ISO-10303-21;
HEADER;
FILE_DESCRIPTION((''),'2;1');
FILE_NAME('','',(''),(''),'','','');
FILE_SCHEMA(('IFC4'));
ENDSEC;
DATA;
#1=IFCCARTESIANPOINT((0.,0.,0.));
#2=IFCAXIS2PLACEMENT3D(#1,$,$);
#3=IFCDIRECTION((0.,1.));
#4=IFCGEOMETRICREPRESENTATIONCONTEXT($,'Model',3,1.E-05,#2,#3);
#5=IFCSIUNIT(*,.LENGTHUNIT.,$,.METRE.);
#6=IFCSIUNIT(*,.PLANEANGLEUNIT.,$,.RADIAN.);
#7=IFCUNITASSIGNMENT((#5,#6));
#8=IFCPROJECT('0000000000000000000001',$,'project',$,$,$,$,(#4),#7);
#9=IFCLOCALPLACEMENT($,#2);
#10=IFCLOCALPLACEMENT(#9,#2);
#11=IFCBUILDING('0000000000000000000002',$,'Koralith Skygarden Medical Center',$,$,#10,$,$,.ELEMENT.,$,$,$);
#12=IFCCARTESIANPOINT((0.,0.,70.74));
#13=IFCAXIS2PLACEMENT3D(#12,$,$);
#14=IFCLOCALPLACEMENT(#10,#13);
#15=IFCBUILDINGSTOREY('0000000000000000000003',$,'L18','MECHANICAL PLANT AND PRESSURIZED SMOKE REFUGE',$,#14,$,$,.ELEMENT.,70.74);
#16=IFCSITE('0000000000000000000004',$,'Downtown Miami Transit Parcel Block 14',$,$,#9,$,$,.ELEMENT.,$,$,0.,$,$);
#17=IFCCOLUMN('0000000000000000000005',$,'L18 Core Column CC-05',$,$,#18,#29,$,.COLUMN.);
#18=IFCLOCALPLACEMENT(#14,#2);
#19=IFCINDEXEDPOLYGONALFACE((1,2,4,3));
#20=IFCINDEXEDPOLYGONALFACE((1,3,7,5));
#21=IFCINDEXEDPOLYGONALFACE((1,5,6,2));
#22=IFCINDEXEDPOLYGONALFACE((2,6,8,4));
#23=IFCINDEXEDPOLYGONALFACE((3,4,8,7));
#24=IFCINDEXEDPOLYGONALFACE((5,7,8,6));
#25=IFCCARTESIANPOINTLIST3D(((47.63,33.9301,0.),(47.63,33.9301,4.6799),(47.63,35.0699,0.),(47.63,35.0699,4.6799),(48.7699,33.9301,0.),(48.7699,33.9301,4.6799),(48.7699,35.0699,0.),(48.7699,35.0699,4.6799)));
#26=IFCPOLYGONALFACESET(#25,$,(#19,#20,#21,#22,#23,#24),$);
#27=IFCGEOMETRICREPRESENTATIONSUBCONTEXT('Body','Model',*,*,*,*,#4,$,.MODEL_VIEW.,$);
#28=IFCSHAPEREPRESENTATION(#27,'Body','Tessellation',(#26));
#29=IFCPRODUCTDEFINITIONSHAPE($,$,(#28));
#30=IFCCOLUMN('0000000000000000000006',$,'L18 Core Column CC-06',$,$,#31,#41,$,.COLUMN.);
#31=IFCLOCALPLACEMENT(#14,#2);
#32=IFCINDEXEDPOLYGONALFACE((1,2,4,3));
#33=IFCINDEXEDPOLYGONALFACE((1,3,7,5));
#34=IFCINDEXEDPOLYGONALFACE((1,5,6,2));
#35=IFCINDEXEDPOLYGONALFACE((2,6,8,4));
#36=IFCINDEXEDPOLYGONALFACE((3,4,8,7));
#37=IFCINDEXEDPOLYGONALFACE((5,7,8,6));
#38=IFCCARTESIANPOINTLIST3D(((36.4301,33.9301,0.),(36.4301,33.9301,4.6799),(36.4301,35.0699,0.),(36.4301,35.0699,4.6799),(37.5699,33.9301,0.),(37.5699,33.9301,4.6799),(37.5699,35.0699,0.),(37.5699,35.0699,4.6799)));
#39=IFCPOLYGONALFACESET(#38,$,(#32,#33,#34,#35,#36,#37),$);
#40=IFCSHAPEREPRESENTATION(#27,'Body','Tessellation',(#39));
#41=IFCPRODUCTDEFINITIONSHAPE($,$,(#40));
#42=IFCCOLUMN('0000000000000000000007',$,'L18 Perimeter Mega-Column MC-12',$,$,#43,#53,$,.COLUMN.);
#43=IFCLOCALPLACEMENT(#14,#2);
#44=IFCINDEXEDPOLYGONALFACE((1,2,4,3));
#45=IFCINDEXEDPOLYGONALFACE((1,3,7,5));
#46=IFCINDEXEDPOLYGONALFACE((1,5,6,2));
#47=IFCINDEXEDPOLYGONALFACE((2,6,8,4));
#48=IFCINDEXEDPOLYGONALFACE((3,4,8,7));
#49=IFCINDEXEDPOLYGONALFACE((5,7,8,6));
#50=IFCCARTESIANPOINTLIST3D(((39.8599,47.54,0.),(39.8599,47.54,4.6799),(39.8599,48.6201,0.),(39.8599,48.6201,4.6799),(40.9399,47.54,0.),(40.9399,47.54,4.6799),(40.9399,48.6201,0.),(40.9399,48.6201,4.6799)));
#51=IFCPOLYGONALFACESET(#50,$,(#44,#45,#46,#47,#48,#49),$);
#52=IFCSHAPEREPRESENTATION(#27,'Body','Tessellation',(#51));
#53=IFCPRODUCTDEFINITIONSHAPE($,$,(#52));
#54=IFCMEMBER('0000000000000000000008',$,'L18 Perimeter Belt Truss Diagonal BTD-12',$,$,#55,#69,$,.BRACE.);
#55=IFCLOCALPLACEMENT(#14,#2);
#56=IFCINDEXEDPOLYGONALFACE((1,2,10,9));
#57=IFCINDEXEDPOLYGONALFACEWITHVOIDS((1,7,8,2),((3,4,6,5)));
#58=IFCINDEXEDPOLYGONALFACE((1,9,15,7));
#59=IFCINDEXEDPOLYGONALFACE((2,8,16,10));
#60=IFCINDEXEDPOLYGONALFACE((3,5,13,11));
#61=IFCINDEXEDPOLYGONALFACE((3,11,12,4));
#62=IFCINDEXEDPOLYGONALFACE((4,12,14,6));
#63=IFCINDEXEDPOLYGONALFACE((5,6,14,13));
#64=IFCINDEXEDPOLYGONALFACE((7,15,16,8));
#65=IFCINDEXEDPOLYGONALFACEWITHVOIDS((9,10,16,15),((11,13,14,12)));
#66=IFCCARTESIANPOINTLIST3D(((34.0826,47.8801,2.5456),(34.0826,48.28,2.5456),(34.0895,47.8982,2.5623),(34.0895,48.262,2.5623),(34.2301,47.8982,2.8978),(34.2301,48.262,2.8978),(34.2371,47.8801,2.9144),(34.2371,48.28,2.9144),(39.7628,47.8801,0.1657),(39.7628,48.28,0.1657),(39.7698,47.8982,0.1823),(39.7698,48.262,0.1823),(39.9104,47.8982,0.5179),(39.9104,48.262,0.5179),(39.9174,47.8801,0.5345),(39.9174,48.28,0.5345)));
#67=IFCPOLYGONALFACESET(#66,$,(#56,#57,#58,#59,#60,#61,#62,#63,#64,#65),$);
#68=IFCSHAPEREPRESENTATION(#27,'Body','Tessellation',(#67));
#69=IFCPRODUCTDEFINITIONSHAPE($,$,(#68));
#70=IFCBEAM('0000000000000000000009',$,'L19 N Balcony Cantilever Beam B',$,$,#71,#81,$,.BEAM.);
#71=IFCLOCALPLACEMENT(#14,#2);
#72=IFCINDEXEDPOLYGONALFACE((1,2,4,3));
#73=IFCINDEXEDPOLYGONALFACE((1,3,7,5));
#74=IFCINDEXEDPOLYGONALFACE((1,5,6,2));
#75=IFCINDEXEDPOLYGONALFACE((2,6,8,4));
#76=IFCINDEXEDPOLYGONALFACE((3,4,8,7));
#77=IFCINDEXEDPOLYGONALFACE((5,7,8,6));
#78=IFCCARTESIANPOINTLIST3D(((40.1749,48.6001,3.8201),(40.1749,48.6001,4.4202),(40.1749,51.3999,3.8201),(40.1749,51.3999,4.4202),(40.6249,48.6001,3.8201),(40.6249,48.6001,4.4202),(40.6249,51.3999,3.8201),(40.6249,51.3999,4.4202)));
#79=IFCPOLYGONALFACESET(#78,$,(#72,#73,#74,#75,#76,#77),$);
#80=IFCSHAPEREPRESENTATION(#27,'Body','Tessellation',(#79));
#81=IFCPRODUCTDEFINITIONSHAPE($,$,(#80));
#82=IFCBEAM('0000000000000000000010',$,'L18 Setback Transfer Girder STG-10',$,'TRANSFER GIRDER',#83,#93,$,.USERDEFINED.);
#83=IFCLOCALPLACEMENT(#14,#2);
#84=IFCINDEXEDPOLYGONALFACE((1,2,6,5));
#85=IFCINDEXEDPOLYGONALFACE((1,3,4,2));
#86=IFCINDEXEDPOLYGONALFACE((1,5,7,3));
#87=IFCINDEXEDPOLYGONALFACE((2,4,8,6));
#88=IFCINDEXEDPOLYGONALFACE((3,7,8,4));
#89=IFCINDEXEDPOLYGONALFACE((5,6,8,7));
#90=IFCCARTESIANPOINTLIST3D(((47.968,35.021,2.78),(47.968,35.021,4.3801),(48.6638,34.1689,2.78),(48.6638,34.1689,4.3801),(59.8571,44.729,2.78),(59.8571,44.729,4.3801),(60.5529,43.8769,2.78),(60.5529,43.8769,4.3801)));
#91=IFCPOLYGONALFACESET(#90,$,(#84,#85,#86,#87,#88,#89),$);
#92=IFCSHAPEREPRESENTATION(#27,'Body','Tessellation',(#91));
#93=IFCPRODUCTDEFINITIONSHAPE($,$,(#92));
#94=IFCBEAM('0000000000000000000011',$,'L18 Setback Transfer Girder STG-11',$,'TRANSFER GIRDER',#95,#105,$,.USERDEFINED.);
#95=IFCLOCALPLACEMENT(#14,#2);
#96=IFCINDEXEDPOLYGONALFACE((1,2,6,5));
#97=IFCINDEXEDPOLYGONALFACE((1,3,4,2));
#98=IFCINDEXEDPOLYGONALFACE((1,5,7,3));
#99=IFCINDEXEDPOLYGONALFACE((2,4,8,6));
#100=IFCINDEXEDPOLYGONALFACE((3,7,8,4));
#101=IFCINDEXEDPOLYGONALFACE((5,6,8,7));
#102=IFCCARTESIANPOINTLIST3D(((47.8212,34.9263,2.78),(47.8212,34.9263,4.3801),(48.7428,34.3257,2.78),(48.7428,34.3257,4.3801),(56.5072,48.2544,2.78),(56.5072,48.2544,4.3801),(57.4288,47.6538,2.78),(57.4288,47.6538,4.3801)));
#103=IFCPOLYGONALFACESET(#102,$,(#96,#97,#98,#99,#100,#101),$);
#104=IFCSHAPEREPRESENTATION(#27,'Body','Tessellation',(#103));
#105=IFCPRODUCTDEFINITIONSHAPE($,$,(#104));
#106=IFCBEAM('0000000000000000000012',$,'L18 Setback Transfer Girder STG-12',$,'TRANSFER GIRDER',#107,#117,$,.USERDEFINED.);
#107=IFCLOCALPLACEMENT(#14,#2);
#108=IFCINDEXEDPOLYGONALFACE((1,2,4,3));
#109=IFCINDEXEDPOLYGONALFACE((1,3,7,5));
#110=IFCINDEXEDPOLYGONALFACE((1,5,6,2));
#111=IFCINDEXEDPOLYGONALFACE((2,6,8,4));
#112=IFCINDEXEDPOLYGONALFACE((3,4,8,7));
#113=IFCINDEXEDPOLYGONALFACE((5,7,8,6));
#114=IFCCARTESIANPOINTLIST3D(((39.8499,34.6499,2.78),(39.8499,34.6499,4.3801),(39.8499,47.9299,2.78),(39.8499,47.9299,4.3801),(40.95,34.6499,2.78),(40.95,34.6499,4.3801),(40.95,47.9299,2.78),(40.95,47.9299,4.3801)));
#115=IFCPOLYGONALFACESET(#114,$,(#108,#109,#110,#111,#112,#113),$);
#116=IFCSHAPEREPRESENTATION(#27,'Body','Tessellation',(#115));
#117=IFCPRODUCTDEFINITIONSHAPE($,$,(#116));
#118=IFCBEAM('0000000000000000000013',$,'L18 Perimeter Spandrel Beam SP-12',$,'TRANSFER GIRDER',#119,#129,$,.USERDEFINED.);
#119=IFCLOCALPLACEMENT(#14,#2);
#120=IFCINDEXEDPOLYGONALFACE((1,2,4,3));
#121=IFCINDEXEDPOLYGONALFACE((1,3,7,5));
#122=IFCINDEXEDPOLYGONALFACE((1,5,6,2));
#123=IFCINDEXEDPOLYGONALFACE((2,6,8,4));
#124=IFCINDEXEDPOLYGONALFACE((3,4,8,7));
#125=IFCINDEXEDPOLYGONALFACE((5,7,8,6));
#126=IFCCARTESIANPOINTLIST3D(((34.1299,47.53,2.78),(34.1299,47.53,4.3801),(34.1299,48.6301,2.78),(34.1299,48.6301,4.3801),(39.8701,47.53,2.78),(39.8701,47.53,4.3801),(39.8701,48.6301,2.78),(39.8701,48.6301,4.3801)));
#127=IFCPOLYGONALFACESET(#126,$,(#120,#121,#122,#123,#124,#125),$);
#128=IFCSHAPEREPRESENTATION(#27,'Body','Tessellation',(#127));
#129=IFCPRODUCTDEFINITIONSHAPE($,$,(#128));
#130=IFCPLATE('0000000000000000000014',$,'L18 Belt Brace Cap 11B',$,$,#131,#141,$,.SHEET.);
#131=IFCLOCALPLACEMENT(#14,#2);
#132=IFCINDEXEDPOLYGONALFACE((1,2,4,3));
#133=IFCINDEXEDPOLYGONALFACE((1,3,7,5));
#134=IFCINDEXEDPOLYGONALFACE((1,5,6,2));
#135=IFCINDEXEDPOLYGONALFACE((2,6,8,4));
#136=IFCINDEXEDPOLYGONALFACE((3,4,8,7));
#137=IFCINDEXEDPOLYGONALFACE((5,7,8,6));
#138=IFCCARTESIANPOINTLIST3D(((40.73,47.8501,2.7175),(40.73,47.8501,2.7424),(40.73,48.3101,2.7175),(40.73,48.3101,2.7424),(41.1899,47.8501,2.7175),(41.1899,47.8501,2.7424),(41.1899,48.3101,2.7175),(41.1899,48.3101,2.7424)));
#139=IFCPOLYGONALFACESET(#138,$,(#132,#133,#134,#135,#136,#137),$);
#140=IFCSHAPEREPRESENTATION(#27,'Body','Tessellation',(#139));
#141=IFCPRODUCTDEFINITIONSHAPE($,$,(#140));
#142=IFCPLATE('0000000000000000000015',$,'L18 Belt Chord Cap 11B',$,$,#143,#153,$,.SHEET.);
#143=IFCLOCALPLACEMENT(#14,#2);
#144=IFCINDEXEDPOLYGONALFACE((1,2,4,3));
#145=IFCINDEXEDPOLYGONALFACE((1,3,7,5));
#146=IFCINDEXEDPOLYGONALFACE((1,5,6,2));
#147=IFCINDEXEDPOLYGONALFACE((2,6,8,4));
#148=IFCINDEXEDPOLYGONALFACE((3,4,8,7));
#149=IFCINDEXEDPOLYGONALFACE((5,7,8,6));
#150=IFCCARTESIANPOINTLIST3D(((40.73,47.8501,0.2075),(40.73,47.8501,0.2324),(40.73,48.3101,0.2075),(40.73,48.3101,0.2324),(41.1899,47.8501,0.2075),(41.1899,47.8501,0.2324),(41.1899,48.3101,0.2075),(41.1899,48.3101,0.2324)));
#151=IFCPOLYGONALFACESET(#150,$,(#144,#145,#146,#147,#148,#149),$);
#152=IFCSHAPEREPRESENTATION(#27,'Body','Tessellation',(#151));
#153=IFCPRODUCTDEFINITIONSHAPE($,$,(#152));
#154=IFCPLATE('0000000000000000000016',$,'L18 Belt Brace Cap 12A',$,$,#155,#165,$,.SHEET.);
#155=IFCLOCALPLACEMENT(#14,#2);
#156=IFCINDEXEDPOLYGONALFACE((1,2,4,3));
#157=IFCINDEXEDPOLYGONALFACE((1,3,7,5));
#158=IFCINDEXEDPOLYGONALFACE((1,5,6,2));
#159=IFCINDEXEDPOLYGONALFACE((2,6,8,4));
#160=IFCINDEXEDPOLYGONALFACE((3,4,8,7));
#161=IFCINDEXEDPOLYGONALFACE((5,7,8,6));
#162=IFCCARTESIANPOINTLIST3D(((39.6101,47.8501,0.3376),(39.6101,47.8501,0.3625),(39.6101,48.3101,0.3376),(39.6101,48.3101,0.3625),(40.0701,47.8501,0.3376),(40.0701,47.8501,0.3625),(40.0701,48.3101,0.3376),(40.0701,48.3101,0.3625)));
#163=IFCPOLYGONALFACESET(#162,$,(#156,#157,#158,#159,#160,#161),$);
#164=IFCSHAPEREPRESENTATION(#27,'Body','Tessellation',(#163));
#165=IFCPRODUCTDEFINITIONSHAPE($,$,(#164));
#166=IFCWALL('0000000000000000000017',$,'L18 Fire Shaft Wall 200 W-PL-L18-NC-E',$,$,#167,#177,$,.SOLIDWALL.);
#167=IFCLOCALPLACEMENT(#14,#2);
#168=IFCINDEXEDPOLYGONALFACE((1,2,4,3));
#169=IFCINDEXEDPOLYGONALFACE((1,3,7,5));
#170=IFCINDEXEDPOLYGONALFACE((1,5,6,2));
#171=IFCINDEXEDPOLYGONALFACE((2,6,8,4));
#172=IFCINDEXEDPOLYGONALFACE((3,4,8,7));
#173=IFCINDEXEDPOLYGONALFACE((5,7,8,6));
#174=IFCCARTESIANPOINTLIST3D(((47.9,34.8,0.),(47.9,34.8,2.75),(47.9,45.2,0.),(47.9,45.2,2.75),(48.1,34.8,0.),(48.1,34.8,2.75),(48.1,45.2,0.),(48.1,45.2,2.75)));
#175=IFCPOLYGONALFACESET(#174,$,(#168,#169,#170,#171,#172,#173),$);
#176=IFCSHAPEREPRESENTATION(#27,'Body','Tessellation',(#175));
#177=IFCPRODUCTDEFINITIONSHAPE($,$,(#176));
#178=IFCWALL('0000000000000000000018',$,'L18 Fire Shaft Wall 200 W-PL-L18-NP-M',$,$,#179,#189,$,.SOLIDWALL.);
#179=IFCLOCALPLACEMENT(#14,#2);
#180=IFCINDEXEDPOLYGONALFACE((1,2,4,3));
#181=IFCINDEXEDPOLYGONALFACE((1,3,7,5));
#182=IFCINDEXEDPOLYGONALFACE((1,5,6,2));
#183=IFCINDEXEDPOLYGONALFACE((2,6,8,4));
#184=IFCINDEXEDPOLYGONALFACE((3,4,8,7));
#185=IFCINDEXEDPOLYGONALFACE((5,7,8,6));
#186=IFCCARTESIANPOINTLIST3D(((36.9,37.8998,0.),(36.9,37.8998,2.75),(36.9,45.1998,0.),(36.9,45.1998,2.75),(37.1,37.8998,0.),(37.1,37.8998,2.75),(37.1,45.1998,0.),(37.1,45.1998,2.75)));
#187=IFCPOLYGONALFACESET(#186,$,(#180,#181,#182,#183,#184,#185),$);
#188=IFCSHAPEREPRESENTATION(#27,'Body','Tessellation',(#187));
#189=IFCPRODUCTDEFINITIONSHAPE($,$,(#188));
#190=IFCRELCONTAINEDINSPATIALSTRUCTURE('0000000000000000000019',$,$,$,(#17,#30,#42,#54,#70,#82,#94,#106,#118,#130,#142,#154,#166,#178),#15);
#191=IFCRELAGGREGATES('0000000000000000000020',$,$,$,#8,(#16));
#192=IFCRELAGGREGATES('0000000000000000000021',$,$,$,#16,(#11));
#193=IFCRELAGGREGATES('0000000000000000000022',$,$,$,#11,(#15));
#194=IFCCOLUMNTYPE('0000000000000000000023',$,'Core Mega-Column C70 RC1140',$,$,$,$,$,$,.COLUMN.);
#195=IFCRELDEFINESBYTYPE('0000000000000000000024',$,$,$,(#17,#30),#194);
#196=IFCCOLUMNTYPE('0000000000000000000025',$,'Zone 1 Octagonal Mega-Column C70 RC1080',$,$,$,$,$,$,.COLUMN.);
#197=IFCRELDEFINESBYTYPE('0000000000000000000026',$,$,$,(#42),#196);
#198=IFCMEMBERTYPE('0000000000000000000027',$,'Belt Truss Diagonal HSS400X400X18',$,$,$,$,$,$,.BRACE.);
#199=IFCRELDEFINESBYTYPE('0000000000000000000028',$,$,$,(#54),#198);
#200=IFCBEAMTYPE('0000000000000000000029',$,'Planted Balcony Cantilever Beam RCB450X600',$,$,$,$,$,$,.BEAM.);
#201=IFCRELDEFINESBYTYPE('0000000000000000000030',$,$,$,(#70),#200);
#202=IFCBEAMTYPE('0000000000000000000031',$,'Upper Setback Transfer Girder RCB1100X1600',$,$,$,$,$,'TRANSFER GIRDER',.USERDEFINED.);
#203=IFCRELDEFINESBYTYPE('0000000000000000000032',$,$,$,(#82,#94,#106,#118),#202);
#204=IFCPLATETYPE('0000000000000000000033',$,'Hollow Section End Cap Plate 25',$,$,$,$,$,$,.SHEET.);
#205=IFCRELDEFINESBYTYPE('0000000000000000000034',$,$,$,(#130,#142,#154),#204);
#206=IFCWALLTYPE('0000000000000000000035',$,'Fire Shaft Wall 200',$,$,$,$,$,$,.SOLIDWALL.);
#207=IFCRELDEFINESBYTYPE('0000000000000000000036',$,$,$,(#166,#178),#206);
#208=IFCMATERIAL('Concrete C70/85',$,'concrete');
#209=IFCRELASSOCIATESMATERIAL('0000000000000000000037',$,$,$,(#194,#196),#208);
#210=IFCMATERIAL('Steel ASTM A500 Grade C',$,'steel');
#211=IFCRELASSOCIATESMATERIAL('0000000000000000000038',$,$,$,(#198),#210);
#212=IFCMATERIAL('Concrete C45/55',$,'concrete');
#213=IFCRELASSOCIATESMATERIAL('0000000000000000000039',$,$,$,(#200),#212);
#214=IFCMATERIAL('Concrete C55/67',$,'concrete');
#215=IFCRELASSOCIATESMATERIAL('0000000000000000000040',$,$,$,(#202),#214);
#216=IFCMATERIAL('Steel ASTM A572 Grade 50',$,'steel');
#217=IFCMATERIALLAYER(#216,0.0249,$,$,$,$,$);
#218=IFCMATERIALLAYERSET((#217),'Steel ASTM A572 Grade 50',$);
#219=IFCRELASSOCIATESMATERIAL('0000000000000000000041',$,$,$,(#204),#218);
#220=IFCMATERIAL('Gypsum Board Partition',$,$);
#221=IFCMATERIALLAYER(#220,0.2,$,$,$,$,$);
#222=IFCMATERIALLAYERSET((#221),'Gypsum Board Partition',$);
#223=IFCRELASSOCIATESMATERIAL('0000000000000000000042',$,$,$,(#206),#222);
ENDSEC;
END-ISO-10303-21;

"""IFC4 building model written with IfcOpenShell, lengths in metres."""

from ifc_helpers import new_model, si_unit, direction, frame, frame_2d, origin, origin_2d, place, context, subcontext, project, spatial, rectangle, hollow_rectangle, extrude, material, layer, layer_set, material_profile, profile_set, type_object, element, save


model = new_model("IFC4")

# Units and contexts
model_context = context("Model", 3, precision=1e-05, world=origin(), true_north=direction((0.0, 1.0)))
body_context = subcontext(model_context, "Body", "Model", "MODEL_VIEW")
ifc_project = project(units=[si_unit("LENGTHUNIT", "METRE"), si_unit("PLANEANGLEUNIT", "RADIAN")], contexts=[model_context])

# Site, building, storey
site_placement = place(None, origin())
site = spatial("IfcSite", under=ifc_project, at=site_placement, Name="Downtown Miami Transit Parcel Block 14", CompositionType="ELEMENT", RefElevation=0.0)
building_placement = place(site_placement, origin())
building = spatial("IfcBuilding", under=site, at=building_placement, Name="Koralith Skygarden Medical Center", CompositionType="ELEMENT")
storey_placement = place(building_placement, frame((0.0, 0.0, 70.74)))
storey = spatial("IfcBuildingStorey", under=building, at=storey_placement, Name="L18", Description="MECHANICAL PLANT AND PRESSURIZED SMOKE REFUGE", CompositionType="ELEMENT", Elevation=70.74)

# Columns
ifc_material_1 = material(Name="Concrete C70/85", Category="concrete")
ifc_material_profile_1 = material_profile(ifc_material_1, rectangle(XDim=1.1399, YDim=1.1399, at=origin_2d()), Name="RC1140X1140")
ifc_profile_set_1 = profile_set([ifc_material_profile_1], Name="Concrete C70/85")
column_type_1 = type_object("IfcColumnType", Name="Core Mega-Column C70 RC1140", PredefinedType="COLUMN", material=ifc_profile_set_1)
for number, where, z_axis, x_axis, name in (
    (1, (48.2, 34.5, 0.0), (0.0, 0.0, 1.0), (1.0, 0.0, 0.0), "L18 Core Column CC-05"),
    (2, (37.0, 34.5, 0.0), (0.0, 0.0, 1.0), (1.0, 0.0, 0.0), "L18 Core Column CC-06"),
):
    element("IfcColumn", number, at=place(storey_placement, frame(where, z_axis=z_axis, x_axis=x_axis)), inside=storey, type_object=column_type_1, Name=name, PredefinedType="COLUMN", context=body_context, shape_type="SweptSolid", body=[
        extrude(rectangle(XDim=1.1399, YDim=1.1399, at=origin_2d()), origin(), (0.0, 0.0, 1.0), 4.6799),
    ])
ifc_material_profile_2 = material_profile(ifc_material_1, rectangle(XDim=1.0801, YDim=1.0801, at=origin_2d()), Name="RC1080X1080")
ifc_profile_set_2 = profile_set([ifc_material_profile_2], Name="Concrete C70/85")
column_type_2 = type_object("IfcColumnType", Name="Zone 1 Octagonal Mega-Column C70 RC1080", PredefinedType="COLUMN", material=ifc_profile_set_2)
column_placement = place(storey_placement, frame((40.3999, 48.0801, 0.0), z_axis=(0.0, 0.0, 1.0), x_axis=(1.0, 0.0, 0.0)))
element("IfcColumn", 3, at=column_placement, inside=storey, type_object=column_type_2, Name="L18 Perimeter Mega-Column MC-12", PredefinedType="COLUMN", context=body_context, shape_type="SweptSolid", body=[
    extrude(rectangle(XDim=1.0801, YDim=1.0801, at=origin_2d()), origin(), (0.0, 0.0, 1.0), 4.6799),
])

# Member
ifc_material_2 = material(Name="Steel ASTM A500 Grade C", Category="steel")
ifc_material_profile_3 = material_profile(ifc_material_2, hollow_rectangle(XDim=0.3999, YDim=0.3999, WallThickness=0.0181, at=origin_2d()), Name="HSS400X400X18")
ifc_profile_set_3 = profile_set([ifc_material_profile_3], Name="Steel ASTM A500 Grade C")
member_type = type_object("IfcMemberType", Name="Belt Truss Diagonal HSS400X400X18", PredefinedType="BRACE", material=ifc_profile_set_3)
member_placement = place(storey_placement, frame((39.8401, 48.0801, 0.3501), z_axis=(-0.922317, 0.0, 0.386433), x_axis=(0.0, -1.0, 0.0)))
element("IfcMember", 4, at=member_placement, inside=storey, type_object=member_type, Name="L18 Perimeter Belt Truss Diagonal BTD-12", PredefinedType="BRACE", context=body_context, shape_type="SweptSolid", body=[
    extrude(hollow_rectangle(XDim=0.3999, YDim=0.3999, WallThickness=0.0181, at=origin_2d()), origin(), (0.0, 0.0, 1.0), 6.1587),
])

# Beams
ifc_material_3 = material(Name="Concrete C45/55", Category="concrete")
ifc_material_profile_4 = material_profile(ifc_material_3, rectangle(XDim=0.45, YDim=0.6001, at=origin_2d()), Name="RCB450X600")
ifc_profile_set_4 = profile_set([ifc_material_profile_4], Name="Concrete C45/55")
beam_type_1 = type_object("IfcBeamType", Name="Planted Balcony Cantilever Beam RCB450X600", PredefinedType="BEAM", material=ifc_profile_set_4)
beam_1_placement = place(storey_placement, frame((40.3999, 48.6001, 4.1201), z_axis=(0.0, 1.0, 0.0), x_axis=(-1.0, 0.0, 0.0)))
element("IfcBeam", 5, at=beam_1_placement, inside=storey, type_object=beam_type_1, Name="L19 N Balcony Cantilever Beam B", PredefinedType="BEAM", context=body_context, shape_type="SweptSolid", body=[
    extrude(rectangle(XDim=0.45, YDim=0.6001, at=origin_2d()), origin(), (0.0, 0.0, 1.0), 2.7998),
])
ifc_material_4 = material(Name="Concrete C55/67", Category="concrete")
ifc_material_profile_5 = material_profile(ifc_material_4, rectangle(XDim=1.1001, YDim=1.6001, at=origin_2d()), Name="RCB1100X1600")
ifc_profile_set_5 = profile_set([ifc_material_profile_5], Name="Concrete C55/67")
beam_type_2 = type_object("IfcBeamType", Name="Upper Setback Transfer Girder RCB1100X1600", ElementType="TRANSFER GIRDER", PredefinedType="USERDEFINED", material=ifc_profile_set_5)
beam_2_placement = place(storey_placement, frame((48.3159, 34.595, 3.5801), z_axis=(0.774579, 0.632477, 0.0), x_axis=(-0.632477, 0.774579, 0.0)))
element("IfcBeam", 6, at=beam_2_placement, inside=storey, type_object=beam_type_2, Name="L18 Setback Transfer Girder STG-10", ObjectType="TRANSFER GIRDER", PredefinedType="USERDEFINED", context=body_context, shape_type="SweptSolid", body=[
    extrude(rectangle(XDim=1.1001, YDim=1.6001, at=origin_2d()), origin(), (0.0, 0.0, 1.0), 15.3491),
])
beam_3_placement = place(storey_placement, frame((48.282, 34.626, 3.5801), z_axis=(0.545993, 0.837789, 0.0), x_axis=(-0.837789, 0.545993, 0.0)))
element("IfcBeam", 7, at=beam_3_placement, inside=storey, type_object=beam_type_2, Name="L18 Setback Transfer Girder STG-11", ObjectType="TRANSFER GIRDER", PredefinedType="USERDEFINED", context=body_context, shape_type="SweptSolid", body=[
    extrude(rectangle(XDim=1.1001, YDim=1.6001, at=origin_2d()), origin(), (0.0, 0.0, 1.0), 15.9087),
])
beam_4_placement = place(storey_placement, frame((40.3999, 34.6499, 3.5801), z_axis=(0.0, 1.0, 0.0), x_axis=(-1.0, 0.0, 0.0)))
element("IfcBeam", 8, at=beam_4_placement, inside=storey, type_object=beam_type_2, Name="L18 Setback Transfer Girder STG-12", ObjectType="TRANSFER GIRDER", PredefinedType="USERDEFINED", context=body_context, shape_type="SweptSolid", body=[
    extrude(rectangle(XDim=1.1001, YDim=1.6001, at=origin_2d()), origin(), (0.0, 0.0, 1.0), 13.28),
])
beam_5_placement = place(storey_placement, frame((39.8701, 48.0801, 3.5801), z_axis=(-1.0, 0.0, 0.0), x_axis=(0.0, -1.0, 0.0)))
element("IfcBeam", 9, at=beam_5_placement, inside=storey, type_object=beam_type_2, Name="L18 Perimeter Spandrel Beam SP-12", ObjectType="TRANSFER GIRDER", PredefinedType="USERDEFINED", context=body_context, shape_type="SweptSolid", body=[
    extrude(rectangle(XDim=1.1001, YDim=1.6001, at=origin_2d()), origin(), (0.0, 0.0, 1.0), 5.7402),
])

# Plates
ifc_material_5 = material(Name="Steel ASTM A572 Grade 50", Category="steel")
ifc_layer_1 = layer(ifc_material_5, 0.0249)
ifc_layer_set_1 = layer_set([ifc_layer_1], Name="Steel ASTM A572 Grade 50")
plate_type = type_object("IfcPlateType", Name="Hollow Section End Cap Plate 25", PredefinedType="SHEET", material=ifc_layer_set_1)
for number, where, z_axis, x_axis, name in (
    (10, (40.96, 48.0801, 2.7175), (0.0, 0.0, 1.0), (1.0, 0.0, 0.0), "L18 Belt Brace Cap 11B"),
    (11, (40.96, 48.0801, 0.2075), (0.0, 0.0, 1.0), (1.0, 0.0, 0.0), "L18 Belt Chord Cap 11B"),
    (12, (39.8401, 48.0801, 0.3376), (0.0, 0.0, 1.0), (1.0, 0.0, 0.0), "L18 Belt Brace Cap 12A"),
):
    element("IfcPlate", number, at=place(storey_placement, frame(where, z_axis=z_axis, x_axis=x_axis)), inside=storey, type_object=plate_type, Name=name, PredefinedType="SHEET", context=body_context, shape_type="SweptSolid", body=[
        extrude(rectangle(XDim=0.46, YDim=0.46, at=origin_2d()), origin(), (0.0, 0.0, 1.0), 0.0249),
    ])

# Walls
ifc_material_6 = material(Name="Gypsum Board Partition")
ifc_layer_2 = layer(ifc_material_6, 0.2)
ifc_layer_set_2 = layer_set([ifc_layer_2], Name="Gypsum Board Partition")
wall_type_1 = type_object("IfcWallType", Name="Fire Shaft Wall 200", PredefinedType="SOLIDWALL", material=ifc_layer_set_2)
wall_1_placement = place(storey_placement, frame((48.0, 34.8, 0.0), z_axis=(0.0, 0.0, 1.0), x_axis=(0.0, 1.0, 0.0)))
element("IfcWall", 13, at=wall_1_placement, inside=storey, type_object=wall_type_1, Name="L18 Fire Shaft Wall 200 W-PL-L18-NC-E", PredefinedType="SOLIDWALL", context=body_context, shape_type="SweptSolid", body=[
    extrude(rectangle(XDim=10.3999, YDim=0.2, at=frame_2d((5.2, 0.0))), origin(), (0.0, 0.0, 1.0), 2.75),
])
wall_2_placement = place(storey_placement, frame((37.0, 37.8999, 0.0), z_axis=(0.0, 0.0, 1.0), x_axis=(0.0, 1.0, 0.0)))
element("IfcWall", 14, at=wall_2_placement, inside=storey, type_object=wall_type_1, Name="L18 Fire Shaft Wall 200 W-PL-L18-NP-M", PredefinedType="SOLIDWALL", context=body_context, shape_type="SweptSolid", body=[
    extrude(rectangle(XDim=7.3, YDim=0.2, at=frame_2d((3.6499, 0.0))), origin(), (0.0, 0.0, 1.0), 2.75),
])

save(model, "model.ifc")
